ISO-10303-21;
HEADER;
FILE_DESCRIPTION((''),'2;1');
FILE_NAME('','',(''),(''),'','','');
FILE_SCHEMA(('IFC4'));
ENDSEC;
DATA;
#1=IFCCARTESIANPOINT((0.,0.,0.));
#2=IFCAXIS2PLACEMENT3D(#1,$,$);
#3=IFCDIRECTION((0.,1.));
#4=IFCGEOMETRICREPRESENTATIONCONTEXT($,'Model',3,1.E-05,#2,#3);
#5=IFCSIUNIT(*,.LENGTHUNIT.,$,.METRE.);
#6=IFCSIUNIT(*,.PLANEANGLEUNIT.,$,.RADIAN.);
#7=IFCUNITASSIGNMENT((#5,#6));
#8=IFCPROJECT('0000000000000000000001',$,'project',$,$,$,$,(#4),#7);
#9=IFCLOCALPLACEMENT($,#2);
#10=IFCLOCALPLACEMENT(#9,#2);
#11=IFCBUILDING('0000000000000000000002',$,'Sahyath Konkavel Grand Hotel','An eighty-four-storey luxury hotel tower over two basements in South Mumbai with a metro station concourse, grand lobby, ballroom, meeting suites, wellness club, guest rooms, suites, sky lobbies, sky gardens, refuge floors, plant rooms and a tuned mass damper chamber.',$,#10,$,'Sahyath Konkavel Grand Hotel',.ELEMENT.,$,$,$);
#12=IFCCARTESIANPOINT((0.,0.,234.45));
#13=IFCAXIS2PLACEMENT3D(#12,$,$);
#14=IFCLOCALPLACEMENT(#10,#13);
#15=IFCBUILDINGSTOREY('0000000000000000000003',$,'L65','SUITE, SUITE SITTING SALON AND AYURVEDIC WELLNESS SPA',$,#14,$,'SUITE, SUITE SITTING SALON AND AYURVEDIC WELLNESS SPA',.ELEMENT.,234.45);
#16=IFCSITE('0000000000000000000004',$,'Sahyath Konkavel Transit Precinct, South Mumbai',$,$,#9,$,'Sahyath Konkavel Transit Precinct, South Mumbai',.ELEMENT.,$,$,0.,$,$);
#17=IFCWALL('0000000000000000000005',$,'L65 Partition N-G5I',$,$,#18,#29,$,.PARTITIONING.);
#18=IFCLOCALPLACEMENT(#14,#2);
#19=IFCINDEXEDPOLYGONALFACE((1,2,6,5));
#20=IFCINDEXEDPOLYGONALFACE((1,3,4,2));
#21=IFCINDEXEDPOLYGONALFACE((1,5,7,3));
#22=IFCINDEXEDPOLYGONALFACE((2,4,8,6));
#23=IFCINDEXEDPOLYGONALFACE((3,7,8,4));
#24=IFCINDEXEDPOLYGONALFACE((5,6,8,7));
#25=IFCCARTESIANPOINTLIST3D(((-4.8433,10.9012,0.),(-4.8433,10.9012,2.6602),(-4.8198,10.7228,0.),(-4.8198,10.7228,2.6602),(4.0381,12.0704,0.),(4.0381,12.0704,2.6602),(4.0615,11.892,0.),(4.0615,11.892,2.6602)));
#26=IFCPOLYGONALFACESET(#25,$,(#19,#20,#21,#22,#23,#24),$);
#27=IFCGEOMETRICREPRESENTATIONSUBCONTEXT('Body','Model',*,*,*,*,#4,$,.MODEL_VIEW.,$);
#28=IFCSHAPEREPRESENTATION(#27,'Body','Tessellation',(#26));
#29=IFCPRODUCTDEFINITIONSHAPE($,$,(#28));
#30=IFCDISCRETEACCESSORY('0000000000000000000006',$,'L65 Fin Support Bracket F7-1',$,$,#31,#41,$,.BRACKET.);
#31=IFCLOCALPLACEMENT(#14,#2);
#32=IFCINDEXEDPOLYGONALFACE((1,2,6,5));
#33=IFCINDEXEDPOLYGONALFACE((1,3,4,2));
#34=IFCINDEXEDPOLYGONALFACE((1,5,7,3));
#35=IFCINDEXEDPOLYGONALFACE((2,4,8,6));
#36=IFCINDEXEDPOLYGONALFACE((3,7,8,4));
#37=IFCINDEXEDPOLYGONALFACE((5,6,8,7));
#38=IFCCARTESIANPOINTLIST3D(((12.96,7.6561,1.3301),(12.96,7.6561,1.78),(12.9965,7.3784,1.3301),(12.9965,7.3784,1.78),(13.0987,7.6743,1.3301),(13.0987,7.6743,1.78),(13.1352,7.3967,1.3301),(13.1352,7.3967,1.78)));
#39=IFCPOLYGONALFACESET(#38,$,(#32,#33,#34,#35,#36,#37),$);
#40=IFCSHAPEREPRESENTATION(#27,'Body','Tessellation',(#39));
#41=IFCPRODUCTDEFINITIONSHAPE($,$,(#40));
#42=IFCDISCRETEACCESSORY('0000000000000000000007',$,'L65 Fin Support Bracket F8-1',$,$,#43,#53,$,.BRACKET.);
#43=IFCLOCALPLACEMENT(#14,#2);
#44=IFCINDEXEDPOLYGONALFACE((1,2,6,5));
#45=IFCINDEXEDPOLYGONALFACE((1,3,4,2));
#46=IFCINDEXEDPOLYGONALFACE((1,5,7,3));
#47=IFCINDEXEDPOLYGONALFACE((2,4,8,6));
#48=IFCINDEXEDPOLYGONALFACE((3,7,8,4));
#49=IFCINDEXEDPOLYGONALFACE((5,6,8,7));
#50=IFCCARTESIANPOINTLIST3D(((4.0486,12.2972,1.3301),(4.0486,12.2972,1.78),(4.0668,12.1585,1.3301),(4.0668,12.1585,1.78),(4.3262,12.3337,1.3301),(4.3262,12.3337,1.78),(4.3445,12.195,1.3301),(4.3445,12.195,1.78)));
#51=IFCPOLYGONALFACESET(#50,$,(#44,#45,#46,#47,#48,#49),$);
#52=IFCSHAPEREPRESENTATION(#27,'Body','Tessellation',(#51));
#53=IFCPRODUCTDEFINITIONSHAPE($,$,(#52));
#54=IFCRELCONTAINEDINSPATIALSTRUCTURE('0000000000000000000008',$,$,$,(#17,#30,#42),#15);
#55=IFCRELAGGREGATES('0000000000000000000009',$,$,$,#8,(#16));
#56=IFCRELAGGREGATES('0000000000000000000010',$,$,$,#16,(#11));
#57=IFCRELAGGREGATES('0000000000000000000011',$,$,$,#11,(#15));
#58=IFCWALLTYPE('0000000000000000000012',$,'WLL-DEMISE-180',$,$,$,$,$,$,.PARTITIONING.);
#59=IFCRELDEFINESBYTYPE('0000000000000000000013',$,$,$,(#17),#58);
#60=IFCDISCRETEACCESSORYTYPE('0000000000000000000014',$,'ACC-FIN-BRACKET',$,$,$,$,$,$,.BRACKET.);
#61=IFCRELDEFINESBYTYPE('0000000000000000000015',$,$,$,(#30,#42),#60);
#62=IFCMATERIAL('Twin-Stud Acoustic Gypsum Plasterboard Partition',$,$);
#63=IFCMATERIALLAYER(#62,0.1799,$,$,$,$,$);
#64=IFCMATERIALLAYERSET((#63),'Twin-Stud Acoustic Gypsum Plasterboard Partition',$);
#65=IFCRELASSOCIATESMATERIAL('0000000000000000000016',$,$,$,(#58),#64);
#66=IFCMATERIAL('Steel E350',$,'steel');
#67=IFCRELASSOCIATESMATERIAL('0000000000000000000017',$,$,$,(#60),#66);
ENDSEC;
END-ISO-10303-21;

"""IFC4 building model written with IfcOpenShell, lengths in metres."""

from ifc_helpers import new_model, si_unit, direction, frame, frame_2d, origin, origin_2d, place, context, subcontext, project, spatial, rectangle, extrude, source, transform, mapped, material, layer, layer_set, type_object, element, save


model = new_model("IFC4")

# Units and contexts
model_context = context("Model", 3, precision=1e-05, world=origin(), true_north=direction((0.0, 1.0)))
body_context = subcontext(model_context, "Body", "Model", "MODEL_VIEW")
ifc_project = project(units=[si_unit("LENGTHUNIT", "METRE"), si_unit("PLANEANGLEUNIT", "RADIAN")], contexts=[model_context])

# Site, building, storey
site_placement = place(None, origin())
site = spatial("IfcSite", under=ifc_project, at=site_placement, Name="Sahyath Konkavel Transit Precinct, South Mumbai", LongName="Sahyath Konkavel Transit Precinct, South Mumbai", CompositionType="ELEMENT", RefElevation=0.0)
building_placement = place(site_placement, origin())
building = spatial("IfcBuilding", under=site, at=building_placement, Name="Sahyath Konkavel Grand Hotel", Description="An eighty-four-storey luxury hotel tower over two basements in South Mumbai with a metro station concourse, grand lobby, ballroom, meeting suites, wellness club, guest rooms, suites, sky lobbies, sky gardens, refuge floors, plant rooms and a tuned mass damper chamber.", LongName="Sahyath Konkavel Grand Hotel", CompositionType="ELEMENT")
storey_placement = place(building_placement, frame((0.0, 0.0, 234.45)))
storey = spatial("IfcBuildingStorey", under=building, at=storey_placement, Name="L65", Description="SUITE, SUITE SITTING SALON AND AYURVEDIC WELLNESS SPA", LongName="SUITE, SUITE SITTING SALON AND AYURVEDIC WELLNESS SPA", CompositionType="ELEMENT", Elevation=234.45)

# Shared definitions
ifc_material_1 = material(Name="Steel E350", Category="steel")

# Wall
ifc_material_2 = material(Name="Twin-Stud Acoustic Gypsum Plasterboard Partition")
ifc_layer_1 = layer(ifc_material_2, 0.1799)
ifc_layer_set_1 = layer_set([ifc_layer_1], Name="Twin-Stud Acoustic Gypsum Plasterboard Partition")
wall_type_1 = type_object("IfcWallType", Name="WLL-DEMISE-180", PredefinedType="PARTITIONING", material=ifc_layer_set_1)
wall_1_placement = place(storey_placement, frame((4.0498, 11.9812, 0.0), z_axis=(0.0, 0.0, 1.0), x_axis=(-0.991446, -0.130519, 0.0)))
element("IfcWall", 1, at=wall_1_placement, inside=storey, type_object=wall_type_1, Name="L65 Partition N-G5I", PredefinedType="PARTITIONING", context=body_context, shape_type="SweptSolid", body=[
    extrude(rectangle(XDim=8.958, YDim=0.1799, at=frame_2d((4.479, 0.0))), origin(), (0.0, 0.0, 1.0), 2.6602),
])

# Discrete accessories
discrete_accessory_type = type_object("IfcDiscreteAccessoryType", Name="ACC-FIN-BRACKET", PredefinedType="BRACKET", material=ifc_material_1)
shared_shape_1 = source(origin(), body_context, "Body", "SweptSolid", [
    extrude(rectangle(XDim=0.28, YDim=0.1399, at=origin_2d()), origin(), (0.0, 0.0, 1.0), 0.45),
])
for number, where, z_axis, x_axis, name in (
    (2, (13.0476, 7.5264, 1.3301), (0.0, 0.0, 1.0), (-0.130526, 0.991445, 0.0), "L65 Fin Support Bracket F7-1"),
    (3, (4.1965, 12.2461, 1.3301), (0.0, 0.0, 1.0), (0.991445, 0.130526, 0.0), "L65 Fin Support Bracket F8-1"),
):
    element("IfcDiscreteAccessory", number, at=place(storey_placement, frame(where, z_axis=z_axis, x_axis=x_axis)), inside=storey, type_object=discrete_accessory_type, Name=name, PredefinedType="BRACKET", context=body_context, shape_type="MappedRepresentation", body=[
        mapped(shared_shape_1, transform((0.0, 0.0, 0.0), scale=1.0)),
    ])

save(model, "model.ifc")
